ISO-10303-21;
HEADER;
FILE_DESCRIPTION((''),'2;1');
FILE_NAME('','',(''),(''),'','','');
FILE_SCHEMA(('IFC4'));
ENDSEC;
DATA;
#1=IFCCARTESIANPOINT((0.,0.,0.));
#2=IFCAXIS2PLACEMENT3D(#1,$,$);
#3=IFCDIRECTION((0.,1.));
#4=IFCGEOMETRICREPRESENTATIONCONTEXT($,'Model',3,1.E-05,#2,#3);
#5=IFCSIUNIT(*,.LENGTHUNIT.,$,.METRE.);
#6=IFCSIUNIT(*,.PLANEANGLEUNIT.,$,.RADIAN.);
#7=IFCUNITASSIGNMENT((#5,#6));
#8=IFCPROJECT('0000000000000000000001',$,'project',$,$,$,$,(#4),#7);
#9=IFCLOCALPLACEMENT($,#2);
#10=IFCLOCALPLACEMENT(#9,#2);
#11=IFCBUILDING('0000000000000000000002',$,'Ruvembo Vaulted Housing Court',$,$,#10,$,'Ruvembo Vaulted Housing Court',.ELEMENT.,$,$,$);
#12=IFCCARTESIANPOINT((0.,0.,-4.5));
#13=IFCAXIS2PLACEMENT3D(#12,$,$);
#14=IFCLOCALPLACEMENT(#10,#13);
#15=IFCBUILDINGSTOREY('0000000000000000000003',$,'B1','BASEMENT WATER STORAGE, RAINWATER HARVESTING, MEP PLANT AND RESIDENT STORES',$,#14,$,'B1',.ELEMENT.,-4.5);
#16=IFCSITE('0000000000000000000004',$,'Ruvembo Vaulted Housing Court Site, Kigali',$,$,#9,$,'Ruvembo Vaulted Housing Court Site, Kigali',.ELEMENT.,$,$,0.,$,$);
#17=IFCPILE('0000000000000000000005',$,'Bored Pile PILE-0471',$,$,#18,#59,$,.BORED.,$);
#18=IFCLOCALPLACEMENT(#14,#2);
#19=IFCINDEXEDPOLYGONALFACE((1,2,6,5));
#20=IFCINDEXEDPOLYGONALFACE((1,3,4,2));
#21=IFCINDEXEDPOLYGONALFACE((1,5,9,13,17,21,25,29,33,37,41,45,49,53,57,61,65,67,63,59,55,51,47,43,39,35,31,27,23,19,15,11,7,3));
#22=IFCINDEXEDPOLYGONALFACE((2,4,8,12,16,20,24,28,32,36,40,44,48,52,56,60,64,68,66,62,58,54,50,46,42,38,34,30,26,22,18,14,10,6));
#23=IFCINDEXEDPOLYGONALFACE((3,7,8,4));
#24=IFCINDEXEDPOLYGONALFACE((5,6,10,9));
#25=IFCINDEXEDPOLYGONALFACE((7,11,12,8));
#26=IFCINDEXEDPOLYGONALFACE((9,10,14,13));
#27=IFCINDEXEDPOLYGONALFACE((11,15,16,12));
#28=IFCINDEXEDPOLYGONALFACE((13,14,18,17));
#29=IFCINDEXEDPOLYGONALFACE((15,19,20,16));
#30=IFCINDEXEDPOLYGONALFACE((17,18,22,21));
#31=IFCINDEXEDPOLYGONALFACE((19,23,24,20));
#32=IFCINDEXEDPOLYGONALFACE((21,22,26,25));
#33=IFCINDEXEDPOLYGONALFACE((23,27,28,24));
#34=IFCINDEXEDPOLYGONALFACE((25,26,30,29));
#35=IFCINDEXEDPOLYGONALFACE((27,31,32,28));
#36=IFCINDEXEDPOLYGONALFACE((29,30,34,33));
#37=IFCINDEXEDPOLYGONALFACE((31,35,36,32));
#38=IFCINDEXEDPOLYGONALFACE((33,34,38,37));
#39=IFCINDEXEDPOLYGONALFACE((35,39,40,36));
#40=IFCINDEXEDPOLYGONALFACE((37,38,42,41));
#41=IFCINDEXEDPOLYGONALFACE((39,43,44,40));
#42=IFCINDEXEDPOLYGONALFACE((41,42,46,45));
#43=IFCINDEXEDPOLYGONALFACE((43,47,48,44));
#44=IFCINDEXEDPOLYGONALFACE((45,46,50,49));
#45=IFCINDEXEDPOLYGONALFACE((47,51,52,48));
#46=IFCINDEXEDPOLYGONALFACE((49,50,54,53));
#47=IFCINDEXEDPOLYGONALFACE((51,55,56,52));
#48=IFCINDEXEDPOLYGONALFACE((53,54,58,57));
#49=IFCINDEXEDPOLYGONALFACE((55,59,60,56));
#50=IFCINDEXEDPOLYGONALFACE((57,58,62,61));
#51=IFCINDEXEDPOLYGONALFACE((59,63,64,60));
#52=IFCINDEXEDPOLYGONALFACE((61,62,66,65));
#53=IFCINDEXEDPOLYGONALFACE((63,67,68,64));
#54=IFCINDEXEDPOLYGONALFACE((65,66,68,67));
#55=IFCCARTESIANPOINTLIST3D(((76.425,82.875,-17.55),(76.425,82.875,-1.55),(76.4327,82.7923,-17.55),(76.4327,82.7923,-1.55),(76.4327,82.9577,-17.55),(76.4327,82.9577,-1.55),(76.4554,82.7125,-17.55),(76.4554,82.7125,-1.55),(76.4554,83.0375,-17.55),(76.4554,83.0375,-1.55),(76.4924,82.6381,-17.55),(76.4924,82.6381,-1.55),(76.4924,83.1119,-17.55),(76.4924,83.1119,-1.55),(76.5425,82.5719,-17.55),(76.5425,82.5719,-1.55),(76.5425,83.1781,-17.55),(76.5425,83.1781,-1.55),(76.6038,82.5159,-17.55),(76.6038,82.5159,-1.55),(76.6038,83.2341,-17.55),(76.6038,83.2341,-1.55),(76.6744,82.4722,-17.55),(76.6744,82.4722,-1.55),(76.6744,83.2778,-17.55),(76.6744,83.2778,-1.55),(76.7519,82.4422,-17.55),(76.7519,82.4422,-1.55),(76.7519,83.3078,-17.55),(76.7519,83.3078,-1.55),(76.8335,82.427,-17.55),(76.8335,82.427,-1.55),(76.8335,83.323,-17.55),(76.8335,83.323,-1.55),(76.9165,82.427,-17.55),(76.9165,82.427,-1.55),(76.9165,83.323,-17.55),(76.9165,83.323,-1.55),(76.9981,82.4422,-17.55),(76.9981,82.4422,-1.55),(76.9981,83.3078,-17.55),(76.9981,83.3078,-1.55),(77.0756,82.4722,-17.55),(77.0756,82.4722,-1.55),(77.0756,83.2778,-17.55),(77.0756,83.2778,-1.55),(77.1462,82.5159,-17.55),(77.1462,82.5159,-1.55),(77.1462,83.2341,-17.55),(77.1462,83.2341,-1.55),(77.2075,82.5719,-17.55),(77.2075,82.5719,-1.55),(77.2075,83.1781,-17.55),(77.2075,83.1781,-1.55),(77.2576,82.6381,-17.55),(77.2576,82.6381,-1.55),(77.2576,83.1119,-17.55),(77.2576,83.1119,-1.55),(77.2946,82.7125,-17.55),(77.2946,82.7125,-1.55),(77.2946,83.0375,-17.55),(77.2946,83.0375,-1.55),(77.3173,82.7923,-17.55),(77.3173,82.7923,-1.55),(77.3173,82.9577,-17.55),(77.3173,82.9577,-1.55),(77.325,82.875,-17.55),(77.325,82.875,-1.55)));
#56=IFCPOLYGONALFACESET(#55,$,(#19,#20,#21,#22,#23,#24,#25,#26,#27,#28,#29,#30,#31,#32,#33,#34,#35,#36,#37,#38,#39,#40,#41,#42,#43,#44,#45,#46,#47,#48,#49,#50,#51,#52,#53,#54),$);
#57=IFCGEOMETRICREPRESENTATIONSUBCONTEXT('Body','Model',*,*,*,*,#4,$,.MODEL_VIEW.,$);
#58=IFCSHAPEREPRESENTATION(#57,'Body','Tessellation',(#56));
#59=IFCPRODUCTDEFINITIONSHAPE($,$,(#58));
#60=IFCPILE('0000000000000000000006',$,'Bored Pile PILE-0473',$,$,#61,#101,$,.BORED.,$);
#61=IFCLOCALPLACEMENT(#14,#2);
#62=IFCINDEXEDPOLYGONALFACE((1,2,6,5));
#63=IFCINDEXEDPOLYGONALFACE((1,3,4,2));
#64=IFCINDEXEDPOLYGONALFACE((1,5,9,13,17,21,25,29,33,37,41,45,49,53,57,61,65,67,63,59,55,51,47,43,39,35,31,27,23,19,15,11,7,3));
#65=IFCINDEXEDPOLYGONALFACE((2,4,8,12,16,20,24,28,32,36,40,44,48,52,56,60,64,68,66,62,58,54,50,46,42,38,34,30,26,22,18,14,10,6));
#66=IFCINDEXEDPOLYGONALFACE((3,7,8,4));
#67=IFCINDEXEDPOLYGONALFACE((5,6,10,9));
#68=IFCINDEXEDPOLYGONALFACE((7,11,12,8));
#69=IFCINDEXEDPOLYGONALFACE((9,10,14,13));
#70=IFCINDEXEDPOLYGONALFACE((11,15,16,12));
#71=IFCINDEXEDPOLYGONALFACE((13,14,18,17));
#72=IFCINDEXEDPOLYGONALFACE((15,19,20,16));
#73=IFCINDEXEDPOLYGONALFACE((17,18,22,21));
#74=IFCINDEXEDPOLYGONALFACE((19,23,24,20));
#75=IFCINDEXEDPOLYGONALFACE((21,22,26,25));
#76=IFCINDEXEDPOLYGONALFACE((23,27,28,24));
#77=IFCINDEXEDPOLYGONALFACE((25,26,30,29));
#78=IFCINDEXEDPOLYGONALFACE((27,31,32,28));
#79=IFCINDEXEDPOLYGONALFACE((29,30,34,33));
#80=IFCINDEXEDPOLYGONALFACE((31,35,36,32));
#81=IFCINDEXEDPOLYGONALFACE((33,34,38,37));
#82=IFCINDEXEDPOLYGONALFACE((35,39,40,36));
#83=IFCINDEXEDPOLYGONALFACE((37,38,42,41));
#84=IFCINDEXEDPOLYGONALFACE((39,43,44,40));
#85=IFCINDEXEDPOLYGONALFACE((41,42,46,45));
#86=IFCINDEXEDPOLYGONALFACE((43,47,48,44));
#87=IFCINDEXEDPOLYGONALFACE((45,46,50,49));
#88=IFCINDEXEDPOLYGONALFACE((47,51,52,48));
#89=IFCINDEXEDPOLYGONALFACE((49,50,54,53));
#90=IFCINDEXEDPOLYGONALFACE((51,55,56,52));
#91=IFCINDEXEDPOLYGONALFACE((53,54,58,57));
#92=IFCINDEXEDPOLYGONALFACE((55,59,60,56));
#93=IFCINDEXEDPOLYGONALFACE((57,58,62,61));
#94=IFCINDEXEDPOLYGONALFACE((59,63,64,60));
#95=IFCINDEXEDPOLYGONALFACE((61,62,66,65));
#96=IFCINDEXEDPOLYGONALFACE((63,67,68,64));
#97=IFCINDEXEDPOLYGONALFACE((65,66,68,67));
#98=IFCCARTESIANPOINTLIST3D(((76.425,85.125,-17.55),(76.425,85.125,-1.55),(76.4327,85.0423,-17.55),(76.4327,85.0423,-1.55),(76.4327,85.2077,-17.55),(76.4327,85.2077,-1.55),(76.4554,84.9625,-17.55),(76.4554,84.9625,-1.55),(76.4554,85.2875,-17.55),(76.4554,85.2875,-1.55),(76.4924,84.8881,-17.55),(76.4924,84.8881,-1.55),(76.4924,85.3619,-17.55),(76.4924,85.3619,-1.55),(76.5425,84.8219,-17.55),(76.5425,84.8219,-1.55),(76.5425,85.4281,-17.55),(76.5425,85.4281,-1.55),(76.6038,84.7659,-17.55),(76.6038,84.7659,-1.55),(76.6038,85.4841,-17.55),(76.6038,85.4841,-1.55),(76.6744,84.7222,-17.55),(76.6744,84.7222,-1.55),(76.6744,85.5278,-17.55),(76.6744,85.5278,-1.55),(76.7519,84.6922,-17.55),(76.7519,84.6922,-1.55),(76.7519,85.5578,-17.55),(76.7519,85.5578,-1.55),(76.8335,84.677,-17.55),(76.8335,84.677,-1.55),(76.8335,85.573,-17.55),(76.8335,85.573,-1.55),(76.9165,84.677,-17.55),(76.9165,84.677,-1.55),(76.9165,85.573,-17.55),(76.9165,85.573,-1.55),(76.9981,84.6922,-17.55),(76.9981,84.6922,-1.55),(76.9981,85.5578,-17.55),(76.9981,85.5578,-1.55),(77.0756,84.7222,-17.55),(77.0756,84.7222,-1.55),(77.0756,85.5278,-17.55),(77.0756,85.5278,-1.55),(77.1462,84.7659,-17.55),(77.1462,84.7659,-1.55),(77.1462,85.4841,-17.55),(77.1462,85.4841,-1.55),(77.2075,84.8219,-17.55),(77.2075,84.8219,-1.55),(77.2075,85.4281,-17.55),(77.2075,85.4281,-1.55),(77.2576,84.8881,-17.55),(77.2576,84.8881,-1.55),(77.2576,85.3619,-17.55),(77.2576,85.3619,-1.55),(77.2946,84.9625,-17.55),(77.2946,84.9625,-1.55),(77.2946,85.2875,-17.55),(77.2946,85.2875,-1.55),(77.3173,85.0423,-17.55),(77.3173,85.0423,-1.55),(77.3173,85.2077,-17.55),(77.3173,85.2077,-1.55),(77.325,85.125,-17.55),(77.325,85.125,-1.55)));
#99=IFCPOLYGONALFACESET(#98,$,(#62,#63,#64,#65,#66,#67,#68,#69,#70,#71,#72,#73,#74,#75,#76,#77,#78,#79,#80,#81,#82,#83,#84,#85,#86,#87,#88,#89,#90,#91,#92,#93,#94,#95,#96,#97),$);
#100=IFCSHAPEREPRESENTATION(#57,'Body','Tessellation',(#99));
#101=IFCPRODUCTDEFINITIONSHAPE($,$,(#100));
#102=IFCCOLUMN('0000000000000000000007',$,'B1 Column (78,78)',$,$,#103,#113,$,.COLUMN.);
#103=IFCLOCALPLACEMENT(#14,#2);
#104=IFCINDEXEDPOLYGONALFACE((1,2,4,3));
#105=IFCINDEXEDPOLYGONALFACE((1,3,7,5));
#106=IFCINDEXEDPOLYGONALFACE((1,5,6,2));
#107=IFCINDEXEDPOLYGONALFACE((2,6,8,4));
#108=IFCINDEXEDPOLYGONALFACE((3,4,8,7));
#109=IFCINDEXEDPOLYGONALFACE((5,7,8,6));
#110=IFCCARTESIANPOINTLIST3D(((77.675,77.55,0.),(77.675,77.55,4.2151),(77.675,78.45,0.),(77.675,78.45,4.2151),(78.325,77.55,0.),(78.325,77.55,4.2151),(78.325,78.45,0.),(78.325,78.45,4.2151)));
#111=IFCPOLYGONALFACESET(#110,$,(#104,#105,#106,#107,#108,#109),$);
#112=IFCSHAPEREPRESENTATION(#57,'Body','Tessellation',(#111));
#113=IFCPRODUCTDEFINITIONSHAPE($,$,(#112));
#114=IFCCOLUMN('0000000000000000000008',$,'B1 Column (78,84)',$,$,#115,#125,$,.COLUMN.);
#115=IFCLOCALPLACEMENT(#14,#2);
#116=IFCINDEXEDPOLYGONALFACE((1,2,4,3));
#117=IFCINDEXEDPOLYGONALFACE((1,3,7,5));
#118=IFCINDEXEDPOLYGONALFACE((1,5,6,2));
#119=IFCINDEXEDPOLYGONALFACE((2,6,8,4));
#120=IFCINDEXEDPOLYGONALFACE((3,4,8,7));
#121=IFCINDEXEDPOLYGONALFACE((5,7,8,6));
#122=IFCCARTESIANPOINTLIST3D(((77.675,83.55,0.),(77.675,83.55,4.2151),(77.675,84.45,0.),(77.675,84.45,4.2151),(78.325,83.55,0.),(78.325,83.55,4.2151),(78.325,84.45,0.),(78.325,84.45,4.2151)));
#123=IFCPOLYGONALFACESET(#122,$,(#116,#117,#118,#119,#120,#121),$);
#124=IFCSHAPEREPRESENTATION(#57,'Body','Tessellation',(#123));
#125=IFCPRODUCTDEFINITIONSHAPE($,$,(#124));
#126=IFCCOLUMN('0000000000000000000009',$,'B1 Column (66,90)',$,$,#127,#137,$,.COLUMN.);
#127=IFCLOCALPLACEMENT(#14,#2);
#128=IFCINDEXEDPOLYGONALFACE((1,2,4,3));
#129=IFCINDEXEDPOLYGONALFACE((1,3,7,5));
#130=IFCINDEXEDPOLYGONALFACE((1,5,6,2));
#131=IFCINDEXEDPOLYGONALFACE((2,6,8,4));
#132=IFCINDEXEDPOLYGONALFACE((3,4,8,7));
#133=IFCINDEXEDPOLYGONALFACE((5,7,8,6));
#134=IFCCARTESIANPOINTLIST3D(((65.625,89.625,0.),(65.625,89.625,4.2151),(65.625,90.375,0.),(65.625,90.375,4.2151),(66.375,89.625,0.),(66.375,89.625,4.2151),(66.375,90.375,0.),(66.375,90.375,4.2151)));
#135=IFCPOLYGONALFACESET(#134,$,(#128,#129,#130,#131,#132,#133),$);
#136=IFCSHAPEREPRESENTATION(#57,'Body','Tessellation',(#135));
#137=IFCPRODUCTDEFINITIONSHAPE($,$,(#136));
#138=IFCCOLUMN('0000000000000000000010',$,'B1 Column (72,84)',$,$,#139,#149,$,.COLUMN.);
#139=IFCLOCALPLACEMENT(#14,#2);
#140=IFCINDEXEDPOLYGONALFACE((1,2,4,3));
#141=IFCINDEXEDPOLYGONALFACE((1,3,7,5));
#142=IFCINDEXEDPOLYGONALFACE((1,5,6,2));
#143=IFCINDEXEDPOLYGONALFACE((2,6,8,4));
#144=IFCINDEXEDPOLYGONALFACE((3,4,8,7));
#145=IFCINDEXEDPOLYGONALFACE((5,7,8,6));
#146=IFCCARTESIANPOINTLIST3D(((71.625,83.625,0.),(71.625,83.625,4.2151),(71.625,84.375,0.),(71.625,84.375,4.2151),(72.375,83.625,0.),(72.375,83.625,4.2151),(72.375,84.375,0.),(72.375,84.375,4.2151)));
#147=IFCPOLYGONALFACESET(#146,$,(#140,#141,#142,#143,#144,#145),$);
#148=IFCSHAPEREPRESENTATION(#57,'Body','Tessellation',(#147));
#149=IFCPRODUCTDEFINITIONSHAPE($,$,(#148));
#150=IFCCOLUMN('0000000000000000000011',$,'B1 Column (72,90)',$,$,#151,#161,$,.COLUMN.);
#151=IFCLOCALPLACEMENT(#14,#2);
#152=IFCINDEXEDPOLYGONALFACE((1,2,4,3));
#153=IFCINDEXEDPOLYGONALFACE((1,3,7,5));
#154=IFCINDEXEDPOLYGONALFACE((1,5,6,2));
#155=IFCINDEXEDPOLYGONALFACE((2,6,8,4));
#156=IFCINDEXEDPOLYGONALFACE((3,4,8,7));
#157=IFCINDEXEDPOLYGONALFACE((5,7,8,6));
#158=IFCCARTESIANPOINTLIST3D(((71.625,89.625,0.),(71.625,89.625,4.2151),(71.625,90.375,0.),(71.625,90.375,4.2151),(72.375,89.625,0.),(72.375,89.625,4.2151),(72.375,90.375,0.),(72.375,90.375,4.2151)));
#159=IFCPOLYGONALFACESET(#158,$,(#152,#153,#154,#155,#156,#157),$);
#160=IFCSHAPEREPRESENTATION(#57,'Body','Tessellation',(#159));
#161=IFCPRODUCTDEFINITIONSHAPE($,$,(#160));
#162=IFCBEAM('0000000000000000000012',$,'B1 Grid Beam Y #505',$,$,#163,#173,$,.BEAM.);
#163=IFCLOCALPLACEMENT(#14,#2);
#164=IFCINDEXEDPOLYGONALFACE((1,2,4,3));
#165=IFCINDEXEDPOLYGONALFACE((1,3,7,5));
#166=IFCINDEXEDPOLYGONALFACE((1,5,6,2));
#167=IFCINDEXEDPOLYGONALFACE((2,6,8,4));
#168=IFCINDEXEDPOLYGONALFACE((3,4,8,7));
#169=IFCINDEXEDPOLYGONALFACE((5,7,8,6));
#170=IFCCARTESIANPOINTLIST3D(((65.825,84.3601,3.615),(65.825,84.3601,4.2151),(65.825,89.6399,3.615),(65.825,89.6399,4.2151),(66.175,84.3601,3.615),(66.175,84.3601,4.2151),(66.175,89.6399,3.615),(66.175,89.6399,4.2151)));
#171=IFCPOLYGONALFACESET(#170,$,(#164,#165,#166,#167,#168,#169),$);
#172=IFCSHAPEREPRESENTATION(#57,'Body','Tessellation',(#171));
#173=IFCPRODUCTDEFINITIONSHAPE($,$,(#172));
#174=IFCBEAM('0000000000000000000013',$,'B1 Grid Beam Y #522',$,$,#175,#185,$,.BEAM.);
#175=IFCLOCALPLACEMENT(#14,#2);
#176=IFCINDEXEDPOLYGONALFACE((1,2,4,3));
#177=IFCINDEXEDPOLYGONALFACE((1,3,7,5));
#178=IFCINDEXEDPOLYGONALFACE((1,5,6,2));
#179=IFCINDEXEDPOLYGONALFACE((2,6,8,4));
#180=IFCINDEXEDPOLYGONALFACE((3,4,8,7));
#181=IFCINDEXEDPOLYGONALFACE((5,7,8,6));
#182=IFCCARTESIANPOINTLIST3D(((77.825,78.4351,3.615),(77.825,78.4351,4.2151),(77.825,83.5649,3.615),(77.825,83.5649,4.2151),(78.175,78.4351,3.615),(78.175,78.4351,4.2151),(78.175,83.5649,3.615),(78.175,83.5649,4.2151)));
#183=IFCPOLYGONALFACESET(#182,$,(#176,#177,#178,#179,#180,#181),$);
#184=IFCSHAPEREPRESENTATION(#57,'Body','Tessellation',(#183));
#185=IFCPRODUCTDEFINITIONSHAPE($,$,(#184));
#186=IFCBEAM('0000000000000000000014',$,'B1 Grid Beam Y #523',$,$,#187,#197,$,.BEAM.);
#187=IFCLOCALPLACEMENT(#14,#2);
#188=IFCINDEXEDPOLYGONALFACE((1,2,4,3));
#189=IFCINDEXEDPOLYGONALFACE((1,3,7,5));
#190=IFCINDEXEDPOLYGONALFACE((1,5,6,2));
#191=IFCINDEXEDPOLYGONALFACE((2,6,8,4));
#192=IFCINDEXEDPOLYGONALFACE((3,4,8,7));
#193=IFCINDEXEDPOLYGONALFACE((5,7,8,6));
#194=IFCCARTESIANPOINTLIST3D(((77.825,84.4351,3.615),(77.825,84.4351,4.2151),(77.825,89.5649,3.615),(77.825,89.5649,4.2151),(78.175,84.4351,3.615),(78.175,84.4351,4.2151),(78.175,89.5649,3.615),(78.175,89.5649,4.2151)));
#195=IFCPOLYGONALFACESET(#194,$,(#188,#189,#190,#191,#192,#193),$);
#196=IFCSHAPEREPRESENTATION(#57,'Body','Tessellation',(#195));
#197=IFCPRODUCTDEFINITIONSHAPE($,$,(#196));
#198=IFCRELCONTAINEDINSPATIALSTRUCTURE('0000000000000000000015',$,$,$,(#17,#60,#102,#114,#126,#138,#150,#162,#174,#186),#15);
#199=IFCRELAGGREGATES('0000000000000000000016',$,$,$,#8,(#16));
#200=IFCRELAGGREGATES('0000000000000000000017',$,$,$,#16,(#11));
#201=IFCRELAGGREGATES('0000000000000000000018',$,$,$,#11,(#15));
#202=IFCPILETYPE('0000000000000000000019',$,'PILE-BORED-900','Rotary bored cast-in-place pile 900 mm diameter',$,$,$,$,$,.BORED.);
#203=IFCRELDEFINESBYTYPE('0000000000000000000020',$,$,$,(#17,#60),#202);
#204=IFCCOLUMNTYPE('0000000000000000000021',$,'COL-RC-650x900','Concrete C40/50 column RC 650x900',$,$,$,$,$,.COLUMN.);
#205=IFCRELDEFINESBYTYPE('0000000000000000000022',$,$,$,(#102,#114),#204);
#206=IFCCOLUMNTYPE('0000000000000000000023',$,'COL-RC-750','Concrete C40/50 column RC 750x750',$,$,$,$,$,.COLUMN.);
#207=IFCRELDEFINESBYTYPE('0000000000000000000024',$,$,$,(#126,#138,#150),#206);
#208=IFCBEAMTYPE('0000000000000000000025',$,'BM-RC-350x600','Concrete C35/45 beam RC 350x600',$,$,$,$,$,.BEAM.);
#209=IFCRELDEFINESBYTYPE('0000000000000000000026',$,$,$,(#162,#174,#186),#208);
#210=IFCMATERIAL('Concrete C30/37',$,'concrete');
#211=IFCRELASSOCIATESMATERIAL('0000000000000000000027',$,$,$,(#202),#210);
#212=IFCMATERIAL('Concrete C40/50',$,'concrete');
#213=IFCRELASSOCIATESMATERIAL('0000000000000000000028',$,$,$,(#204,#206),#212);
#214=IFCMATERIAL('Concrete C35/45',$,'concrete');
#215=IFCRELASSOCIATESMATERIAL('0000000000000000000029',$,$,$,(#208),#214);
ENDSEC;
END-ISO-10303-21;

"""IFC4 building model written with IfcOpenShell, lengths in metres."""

from ifc_helpers import new_model, si_unit, direction, frame, origin, origin_2d, place, context, subcontext, project, spatial, rectangle, circle, extrude, material, material_profile, profile_set, type_object, element, save


model = new_model("IFC4")

# Units and contexts
model_context = context("Model", 3, precision=1e-05, world=origin(), true_north=direction((0.0, 1.0)))
body_context = subcontext(model_context, "Body", "Model", "MODEL_VIEW")
ifc_project = project(units=[si_unit("LENGTHUNIT", "METRE"), si_unit("PLANEANGLEUNIT", "RADIAN")], contexts=[model_context])

# Site, building, storey
site_placement = place(None, origin())
site = spatial("IfcSite", under=ifc_project, at=site_placement, Name="Ruvembo Vaulted Housing Court Site, Kigali", LongName="Ruvembo Vaulted Housing Court Site, Kigali", CompositionType="ELEMENT", RefElevation=0.0)
building_placement = place(site_placement, origin())
building = spatial("IfcBuilding", under=site, at=building_placement, Name="Ruvembo Vaulted Housing Court", LongName="Ruvembo Vaulted Housing Court", CompositionType="ELEMENT")
storey_placement = place(building_placement, frame((0.0, 0.0, -4.5)))
storey = spatial("IfcBuildingStorey", under=building, at=storey_placement, Name="B1", Description="BASEMENT WATER STORAGE, RAINWATER HARVESTING, MEP PLANT AND RESIDENT STORES", LongName="B1", CompositionType="ELEMENT", Elevation=-4.5)

# Shared definitions
ifc_material_1 = material(Name="Concrete C35/45", Category="concrete")

# Piles
ifc_material_2 = material(Name="Concrete C30/37", Category="concrete")
ifc_material_profile_1 = material_profile(ifc_material_2, circle(Radius=0.45, at=origin_2d()), Name="PILE D900")
ifc_profile_set_1 = profile_set([ifc_material_profile_1], Name="Concrete C30/37")
pile_type_1 = type_object("IfcPileType", Name="PILE-BORED-900", Description="Rotary bored cast-in-place pile 900 mm diameter", PredefinedType="BORED", material=ifc_profile_set_1)
for number, where, z_axis, x_axis, name in (
    (1, (76.875, 82.875, -1.55), (0.0, 0.0, -1.0), (1.0, 0.0, 0.0), "Bored Pile PILE-0471"),
    (2, (76.875, 85.125, -1.55), (0.0, 0.0, -1.0), (1.0, 0.0, 0.0), "Bored Pile PILE-0473"),
):
    element("IfcPile", number, at=place(storey_placement, frame(where, z_axis=z_axis, x_axis=x_axis)), inside=storey, type_object=pile_type_1, Name=name, PredefinedType="BORED", context=body_context, shape_type="SweptSolid", body=[
        extrude(circle(Radius=0.45, at=origin_2d()), origin(), (0.0, 0.0, 1.0), 16.0),
    ])

# Columns
ifc_material_3 = material(Name="Concrete C40/50", Category="concrete")
ifc_material_profile_2 = material_profile(ifc_material_3, rectangle(XDim=0.6499, YDim=0.8999, at=origin_2d()), Name="RC 650x900")
ifc_profile_set_2 = profile_set([ifc_material_profile_2], Name="Concrete C40/50")
column_type_1 = type_object("IfcColumnType", Name="COL-RC-650x900", Description="Concrete C40/50 column RC 650x900", PredefinedType="COLUMN", material=ifc_profile_set_2)
for number, where, z_axis, x_axis, name in (
    (3, (78.0, 78.0, 0.0), (0.0, 0.0, 1.0), (1.0, 0.0, 0.0), "B1 Column (78,78)"),
    (4, (78.0, 84.0, 0.0), (0.0, 0.0, 1.0), (1.0, 0.0, 0.0), "B1 Column (78,84)"),
):
    element("IfcColumn", number, at=place(storey_placement, frame(where, z_axis=z_axis, x_axis=x_axis)), inside=storey, type_object=column_type_1, Name=name, PredefinedType="COLUMN", context=body_context, shape_type="SweptSolid", body=[
        extrude(rectangle(XDim=0.6499, YDim=0.8999, at=origin_2d()), origin(), (0.0, 0.0, 1.0), 4.2151),
    ])
ifc_material_profile_3 = material_profile(ifc_material_3, rectangle(XDim=0.75, YDim=0.75, at=origin_2d()), Name="RC 750x750")
ifc_profile_set_3 = profile_set([ifc_material_profile_3], Name="Concrete C40/50")
column_type_2 = type_object("IfcColumnType", Name="COL-RC-750", Description="Concrete C40/50 column RC 750x750", PredefinedType="COLUMN", material=ifc_profile_set_3)
for number, where, z_axis, x_axis, name in (
    (5, (66.0, 90.0, 0.0), (0.0, 0.0, 1.0), (1.0, 0.0, 0.0), "B1 Column (66,90)"),
    (6, (72.0, 84.0, 0.0), (0.0, 0.0, 1.0), (1.0, 0.0, 0.0), "B1 Column (72,84)"),
    (7, (72.0, 90.0, 0.0), (0.0, 0.0, 1.0), (1.0, 0.0, 0.0), "B1 Column (72,90)"),
):
    element("IfcColumn", number, at=place(storey_placement, frame(where, z_axis=z_axis, x_axis=x_axis)), inside=storey, type_object=column_type_2, Name=name, PredefinedType="COLUMN", context=body_context, shape_type="SweptSolid", body=[
        extrude(rectangle(XDim=0.75, YDim=0.75, at=origin_2d()), origin(), (0.0, 0.0, 1.0), 4.2151),
    ])

# Beams
ifc_material_profile_4 = material_profile(ifc_material_1, rectangle(XDim=0.3501, YDim=0.6001, at=origin_2d()), Name="RC 350x600")
ifc_profile_set_4 = profile_set([ifc_material_profile_4], Name="Concrete C35/45")
beam_type_1 = type_object("IfcBeamType", Name="BM-RC-350x600", Description="Concrete C35/45 beam RC 350x600", PredefinedType="BEAM", material=ifc_profile_set_4)
beam_1_placement = place(storey_placement, frame((66.0, 84.3601, 3.915), z_axis=(0.0, 1.0, 0.0), x_axis=(-1.0, 0.0, 0.0)))
element("IfcBeam", 8, at=beam_1_placement, inside=storey, type_object=beam_type_1, Name="B1 Grid Beam Y #505", PredefinedType="BEAM", context=body_context, shape_type="SweptSolid", body=[
    extrude(rectangle(XDim=0.3501, YDim=0.6001, at=origin_2d()), origin(), (0.0, 0.0, 1.0), 5.2798),
])
for number, where, z_axis, x_axis, name in (
    (9, (78.0, 78.4351, 3.915), (0.0, 1.0, 0.0), (-1.0, 0.0, 0.0), "B1 Grid Beam Y #522"),
    (10, (78.0, 84.4351, 3.915), (0.0, 1.0, 0.0), (-1.0, 0.0, 0.0), "B1 Grid Beam Y #523"),
):
    element("IfcBeam", number, at=place(storey_placement, frame(where, z_axis=z_axis, x_axis=x_axis)), inside=storey, type_object=beam_type_1, Name=name, PredefinedType="BEAM", context=body_context, shape_type="SweptSolid", body=[
        extrude(rectangle(XDim=0.3501, YDim=0.6001, at=origin_2d()), origin(), (0.0, 0.0, 1.0), 5.1299),
    ])

save(model, "model.ifc")
